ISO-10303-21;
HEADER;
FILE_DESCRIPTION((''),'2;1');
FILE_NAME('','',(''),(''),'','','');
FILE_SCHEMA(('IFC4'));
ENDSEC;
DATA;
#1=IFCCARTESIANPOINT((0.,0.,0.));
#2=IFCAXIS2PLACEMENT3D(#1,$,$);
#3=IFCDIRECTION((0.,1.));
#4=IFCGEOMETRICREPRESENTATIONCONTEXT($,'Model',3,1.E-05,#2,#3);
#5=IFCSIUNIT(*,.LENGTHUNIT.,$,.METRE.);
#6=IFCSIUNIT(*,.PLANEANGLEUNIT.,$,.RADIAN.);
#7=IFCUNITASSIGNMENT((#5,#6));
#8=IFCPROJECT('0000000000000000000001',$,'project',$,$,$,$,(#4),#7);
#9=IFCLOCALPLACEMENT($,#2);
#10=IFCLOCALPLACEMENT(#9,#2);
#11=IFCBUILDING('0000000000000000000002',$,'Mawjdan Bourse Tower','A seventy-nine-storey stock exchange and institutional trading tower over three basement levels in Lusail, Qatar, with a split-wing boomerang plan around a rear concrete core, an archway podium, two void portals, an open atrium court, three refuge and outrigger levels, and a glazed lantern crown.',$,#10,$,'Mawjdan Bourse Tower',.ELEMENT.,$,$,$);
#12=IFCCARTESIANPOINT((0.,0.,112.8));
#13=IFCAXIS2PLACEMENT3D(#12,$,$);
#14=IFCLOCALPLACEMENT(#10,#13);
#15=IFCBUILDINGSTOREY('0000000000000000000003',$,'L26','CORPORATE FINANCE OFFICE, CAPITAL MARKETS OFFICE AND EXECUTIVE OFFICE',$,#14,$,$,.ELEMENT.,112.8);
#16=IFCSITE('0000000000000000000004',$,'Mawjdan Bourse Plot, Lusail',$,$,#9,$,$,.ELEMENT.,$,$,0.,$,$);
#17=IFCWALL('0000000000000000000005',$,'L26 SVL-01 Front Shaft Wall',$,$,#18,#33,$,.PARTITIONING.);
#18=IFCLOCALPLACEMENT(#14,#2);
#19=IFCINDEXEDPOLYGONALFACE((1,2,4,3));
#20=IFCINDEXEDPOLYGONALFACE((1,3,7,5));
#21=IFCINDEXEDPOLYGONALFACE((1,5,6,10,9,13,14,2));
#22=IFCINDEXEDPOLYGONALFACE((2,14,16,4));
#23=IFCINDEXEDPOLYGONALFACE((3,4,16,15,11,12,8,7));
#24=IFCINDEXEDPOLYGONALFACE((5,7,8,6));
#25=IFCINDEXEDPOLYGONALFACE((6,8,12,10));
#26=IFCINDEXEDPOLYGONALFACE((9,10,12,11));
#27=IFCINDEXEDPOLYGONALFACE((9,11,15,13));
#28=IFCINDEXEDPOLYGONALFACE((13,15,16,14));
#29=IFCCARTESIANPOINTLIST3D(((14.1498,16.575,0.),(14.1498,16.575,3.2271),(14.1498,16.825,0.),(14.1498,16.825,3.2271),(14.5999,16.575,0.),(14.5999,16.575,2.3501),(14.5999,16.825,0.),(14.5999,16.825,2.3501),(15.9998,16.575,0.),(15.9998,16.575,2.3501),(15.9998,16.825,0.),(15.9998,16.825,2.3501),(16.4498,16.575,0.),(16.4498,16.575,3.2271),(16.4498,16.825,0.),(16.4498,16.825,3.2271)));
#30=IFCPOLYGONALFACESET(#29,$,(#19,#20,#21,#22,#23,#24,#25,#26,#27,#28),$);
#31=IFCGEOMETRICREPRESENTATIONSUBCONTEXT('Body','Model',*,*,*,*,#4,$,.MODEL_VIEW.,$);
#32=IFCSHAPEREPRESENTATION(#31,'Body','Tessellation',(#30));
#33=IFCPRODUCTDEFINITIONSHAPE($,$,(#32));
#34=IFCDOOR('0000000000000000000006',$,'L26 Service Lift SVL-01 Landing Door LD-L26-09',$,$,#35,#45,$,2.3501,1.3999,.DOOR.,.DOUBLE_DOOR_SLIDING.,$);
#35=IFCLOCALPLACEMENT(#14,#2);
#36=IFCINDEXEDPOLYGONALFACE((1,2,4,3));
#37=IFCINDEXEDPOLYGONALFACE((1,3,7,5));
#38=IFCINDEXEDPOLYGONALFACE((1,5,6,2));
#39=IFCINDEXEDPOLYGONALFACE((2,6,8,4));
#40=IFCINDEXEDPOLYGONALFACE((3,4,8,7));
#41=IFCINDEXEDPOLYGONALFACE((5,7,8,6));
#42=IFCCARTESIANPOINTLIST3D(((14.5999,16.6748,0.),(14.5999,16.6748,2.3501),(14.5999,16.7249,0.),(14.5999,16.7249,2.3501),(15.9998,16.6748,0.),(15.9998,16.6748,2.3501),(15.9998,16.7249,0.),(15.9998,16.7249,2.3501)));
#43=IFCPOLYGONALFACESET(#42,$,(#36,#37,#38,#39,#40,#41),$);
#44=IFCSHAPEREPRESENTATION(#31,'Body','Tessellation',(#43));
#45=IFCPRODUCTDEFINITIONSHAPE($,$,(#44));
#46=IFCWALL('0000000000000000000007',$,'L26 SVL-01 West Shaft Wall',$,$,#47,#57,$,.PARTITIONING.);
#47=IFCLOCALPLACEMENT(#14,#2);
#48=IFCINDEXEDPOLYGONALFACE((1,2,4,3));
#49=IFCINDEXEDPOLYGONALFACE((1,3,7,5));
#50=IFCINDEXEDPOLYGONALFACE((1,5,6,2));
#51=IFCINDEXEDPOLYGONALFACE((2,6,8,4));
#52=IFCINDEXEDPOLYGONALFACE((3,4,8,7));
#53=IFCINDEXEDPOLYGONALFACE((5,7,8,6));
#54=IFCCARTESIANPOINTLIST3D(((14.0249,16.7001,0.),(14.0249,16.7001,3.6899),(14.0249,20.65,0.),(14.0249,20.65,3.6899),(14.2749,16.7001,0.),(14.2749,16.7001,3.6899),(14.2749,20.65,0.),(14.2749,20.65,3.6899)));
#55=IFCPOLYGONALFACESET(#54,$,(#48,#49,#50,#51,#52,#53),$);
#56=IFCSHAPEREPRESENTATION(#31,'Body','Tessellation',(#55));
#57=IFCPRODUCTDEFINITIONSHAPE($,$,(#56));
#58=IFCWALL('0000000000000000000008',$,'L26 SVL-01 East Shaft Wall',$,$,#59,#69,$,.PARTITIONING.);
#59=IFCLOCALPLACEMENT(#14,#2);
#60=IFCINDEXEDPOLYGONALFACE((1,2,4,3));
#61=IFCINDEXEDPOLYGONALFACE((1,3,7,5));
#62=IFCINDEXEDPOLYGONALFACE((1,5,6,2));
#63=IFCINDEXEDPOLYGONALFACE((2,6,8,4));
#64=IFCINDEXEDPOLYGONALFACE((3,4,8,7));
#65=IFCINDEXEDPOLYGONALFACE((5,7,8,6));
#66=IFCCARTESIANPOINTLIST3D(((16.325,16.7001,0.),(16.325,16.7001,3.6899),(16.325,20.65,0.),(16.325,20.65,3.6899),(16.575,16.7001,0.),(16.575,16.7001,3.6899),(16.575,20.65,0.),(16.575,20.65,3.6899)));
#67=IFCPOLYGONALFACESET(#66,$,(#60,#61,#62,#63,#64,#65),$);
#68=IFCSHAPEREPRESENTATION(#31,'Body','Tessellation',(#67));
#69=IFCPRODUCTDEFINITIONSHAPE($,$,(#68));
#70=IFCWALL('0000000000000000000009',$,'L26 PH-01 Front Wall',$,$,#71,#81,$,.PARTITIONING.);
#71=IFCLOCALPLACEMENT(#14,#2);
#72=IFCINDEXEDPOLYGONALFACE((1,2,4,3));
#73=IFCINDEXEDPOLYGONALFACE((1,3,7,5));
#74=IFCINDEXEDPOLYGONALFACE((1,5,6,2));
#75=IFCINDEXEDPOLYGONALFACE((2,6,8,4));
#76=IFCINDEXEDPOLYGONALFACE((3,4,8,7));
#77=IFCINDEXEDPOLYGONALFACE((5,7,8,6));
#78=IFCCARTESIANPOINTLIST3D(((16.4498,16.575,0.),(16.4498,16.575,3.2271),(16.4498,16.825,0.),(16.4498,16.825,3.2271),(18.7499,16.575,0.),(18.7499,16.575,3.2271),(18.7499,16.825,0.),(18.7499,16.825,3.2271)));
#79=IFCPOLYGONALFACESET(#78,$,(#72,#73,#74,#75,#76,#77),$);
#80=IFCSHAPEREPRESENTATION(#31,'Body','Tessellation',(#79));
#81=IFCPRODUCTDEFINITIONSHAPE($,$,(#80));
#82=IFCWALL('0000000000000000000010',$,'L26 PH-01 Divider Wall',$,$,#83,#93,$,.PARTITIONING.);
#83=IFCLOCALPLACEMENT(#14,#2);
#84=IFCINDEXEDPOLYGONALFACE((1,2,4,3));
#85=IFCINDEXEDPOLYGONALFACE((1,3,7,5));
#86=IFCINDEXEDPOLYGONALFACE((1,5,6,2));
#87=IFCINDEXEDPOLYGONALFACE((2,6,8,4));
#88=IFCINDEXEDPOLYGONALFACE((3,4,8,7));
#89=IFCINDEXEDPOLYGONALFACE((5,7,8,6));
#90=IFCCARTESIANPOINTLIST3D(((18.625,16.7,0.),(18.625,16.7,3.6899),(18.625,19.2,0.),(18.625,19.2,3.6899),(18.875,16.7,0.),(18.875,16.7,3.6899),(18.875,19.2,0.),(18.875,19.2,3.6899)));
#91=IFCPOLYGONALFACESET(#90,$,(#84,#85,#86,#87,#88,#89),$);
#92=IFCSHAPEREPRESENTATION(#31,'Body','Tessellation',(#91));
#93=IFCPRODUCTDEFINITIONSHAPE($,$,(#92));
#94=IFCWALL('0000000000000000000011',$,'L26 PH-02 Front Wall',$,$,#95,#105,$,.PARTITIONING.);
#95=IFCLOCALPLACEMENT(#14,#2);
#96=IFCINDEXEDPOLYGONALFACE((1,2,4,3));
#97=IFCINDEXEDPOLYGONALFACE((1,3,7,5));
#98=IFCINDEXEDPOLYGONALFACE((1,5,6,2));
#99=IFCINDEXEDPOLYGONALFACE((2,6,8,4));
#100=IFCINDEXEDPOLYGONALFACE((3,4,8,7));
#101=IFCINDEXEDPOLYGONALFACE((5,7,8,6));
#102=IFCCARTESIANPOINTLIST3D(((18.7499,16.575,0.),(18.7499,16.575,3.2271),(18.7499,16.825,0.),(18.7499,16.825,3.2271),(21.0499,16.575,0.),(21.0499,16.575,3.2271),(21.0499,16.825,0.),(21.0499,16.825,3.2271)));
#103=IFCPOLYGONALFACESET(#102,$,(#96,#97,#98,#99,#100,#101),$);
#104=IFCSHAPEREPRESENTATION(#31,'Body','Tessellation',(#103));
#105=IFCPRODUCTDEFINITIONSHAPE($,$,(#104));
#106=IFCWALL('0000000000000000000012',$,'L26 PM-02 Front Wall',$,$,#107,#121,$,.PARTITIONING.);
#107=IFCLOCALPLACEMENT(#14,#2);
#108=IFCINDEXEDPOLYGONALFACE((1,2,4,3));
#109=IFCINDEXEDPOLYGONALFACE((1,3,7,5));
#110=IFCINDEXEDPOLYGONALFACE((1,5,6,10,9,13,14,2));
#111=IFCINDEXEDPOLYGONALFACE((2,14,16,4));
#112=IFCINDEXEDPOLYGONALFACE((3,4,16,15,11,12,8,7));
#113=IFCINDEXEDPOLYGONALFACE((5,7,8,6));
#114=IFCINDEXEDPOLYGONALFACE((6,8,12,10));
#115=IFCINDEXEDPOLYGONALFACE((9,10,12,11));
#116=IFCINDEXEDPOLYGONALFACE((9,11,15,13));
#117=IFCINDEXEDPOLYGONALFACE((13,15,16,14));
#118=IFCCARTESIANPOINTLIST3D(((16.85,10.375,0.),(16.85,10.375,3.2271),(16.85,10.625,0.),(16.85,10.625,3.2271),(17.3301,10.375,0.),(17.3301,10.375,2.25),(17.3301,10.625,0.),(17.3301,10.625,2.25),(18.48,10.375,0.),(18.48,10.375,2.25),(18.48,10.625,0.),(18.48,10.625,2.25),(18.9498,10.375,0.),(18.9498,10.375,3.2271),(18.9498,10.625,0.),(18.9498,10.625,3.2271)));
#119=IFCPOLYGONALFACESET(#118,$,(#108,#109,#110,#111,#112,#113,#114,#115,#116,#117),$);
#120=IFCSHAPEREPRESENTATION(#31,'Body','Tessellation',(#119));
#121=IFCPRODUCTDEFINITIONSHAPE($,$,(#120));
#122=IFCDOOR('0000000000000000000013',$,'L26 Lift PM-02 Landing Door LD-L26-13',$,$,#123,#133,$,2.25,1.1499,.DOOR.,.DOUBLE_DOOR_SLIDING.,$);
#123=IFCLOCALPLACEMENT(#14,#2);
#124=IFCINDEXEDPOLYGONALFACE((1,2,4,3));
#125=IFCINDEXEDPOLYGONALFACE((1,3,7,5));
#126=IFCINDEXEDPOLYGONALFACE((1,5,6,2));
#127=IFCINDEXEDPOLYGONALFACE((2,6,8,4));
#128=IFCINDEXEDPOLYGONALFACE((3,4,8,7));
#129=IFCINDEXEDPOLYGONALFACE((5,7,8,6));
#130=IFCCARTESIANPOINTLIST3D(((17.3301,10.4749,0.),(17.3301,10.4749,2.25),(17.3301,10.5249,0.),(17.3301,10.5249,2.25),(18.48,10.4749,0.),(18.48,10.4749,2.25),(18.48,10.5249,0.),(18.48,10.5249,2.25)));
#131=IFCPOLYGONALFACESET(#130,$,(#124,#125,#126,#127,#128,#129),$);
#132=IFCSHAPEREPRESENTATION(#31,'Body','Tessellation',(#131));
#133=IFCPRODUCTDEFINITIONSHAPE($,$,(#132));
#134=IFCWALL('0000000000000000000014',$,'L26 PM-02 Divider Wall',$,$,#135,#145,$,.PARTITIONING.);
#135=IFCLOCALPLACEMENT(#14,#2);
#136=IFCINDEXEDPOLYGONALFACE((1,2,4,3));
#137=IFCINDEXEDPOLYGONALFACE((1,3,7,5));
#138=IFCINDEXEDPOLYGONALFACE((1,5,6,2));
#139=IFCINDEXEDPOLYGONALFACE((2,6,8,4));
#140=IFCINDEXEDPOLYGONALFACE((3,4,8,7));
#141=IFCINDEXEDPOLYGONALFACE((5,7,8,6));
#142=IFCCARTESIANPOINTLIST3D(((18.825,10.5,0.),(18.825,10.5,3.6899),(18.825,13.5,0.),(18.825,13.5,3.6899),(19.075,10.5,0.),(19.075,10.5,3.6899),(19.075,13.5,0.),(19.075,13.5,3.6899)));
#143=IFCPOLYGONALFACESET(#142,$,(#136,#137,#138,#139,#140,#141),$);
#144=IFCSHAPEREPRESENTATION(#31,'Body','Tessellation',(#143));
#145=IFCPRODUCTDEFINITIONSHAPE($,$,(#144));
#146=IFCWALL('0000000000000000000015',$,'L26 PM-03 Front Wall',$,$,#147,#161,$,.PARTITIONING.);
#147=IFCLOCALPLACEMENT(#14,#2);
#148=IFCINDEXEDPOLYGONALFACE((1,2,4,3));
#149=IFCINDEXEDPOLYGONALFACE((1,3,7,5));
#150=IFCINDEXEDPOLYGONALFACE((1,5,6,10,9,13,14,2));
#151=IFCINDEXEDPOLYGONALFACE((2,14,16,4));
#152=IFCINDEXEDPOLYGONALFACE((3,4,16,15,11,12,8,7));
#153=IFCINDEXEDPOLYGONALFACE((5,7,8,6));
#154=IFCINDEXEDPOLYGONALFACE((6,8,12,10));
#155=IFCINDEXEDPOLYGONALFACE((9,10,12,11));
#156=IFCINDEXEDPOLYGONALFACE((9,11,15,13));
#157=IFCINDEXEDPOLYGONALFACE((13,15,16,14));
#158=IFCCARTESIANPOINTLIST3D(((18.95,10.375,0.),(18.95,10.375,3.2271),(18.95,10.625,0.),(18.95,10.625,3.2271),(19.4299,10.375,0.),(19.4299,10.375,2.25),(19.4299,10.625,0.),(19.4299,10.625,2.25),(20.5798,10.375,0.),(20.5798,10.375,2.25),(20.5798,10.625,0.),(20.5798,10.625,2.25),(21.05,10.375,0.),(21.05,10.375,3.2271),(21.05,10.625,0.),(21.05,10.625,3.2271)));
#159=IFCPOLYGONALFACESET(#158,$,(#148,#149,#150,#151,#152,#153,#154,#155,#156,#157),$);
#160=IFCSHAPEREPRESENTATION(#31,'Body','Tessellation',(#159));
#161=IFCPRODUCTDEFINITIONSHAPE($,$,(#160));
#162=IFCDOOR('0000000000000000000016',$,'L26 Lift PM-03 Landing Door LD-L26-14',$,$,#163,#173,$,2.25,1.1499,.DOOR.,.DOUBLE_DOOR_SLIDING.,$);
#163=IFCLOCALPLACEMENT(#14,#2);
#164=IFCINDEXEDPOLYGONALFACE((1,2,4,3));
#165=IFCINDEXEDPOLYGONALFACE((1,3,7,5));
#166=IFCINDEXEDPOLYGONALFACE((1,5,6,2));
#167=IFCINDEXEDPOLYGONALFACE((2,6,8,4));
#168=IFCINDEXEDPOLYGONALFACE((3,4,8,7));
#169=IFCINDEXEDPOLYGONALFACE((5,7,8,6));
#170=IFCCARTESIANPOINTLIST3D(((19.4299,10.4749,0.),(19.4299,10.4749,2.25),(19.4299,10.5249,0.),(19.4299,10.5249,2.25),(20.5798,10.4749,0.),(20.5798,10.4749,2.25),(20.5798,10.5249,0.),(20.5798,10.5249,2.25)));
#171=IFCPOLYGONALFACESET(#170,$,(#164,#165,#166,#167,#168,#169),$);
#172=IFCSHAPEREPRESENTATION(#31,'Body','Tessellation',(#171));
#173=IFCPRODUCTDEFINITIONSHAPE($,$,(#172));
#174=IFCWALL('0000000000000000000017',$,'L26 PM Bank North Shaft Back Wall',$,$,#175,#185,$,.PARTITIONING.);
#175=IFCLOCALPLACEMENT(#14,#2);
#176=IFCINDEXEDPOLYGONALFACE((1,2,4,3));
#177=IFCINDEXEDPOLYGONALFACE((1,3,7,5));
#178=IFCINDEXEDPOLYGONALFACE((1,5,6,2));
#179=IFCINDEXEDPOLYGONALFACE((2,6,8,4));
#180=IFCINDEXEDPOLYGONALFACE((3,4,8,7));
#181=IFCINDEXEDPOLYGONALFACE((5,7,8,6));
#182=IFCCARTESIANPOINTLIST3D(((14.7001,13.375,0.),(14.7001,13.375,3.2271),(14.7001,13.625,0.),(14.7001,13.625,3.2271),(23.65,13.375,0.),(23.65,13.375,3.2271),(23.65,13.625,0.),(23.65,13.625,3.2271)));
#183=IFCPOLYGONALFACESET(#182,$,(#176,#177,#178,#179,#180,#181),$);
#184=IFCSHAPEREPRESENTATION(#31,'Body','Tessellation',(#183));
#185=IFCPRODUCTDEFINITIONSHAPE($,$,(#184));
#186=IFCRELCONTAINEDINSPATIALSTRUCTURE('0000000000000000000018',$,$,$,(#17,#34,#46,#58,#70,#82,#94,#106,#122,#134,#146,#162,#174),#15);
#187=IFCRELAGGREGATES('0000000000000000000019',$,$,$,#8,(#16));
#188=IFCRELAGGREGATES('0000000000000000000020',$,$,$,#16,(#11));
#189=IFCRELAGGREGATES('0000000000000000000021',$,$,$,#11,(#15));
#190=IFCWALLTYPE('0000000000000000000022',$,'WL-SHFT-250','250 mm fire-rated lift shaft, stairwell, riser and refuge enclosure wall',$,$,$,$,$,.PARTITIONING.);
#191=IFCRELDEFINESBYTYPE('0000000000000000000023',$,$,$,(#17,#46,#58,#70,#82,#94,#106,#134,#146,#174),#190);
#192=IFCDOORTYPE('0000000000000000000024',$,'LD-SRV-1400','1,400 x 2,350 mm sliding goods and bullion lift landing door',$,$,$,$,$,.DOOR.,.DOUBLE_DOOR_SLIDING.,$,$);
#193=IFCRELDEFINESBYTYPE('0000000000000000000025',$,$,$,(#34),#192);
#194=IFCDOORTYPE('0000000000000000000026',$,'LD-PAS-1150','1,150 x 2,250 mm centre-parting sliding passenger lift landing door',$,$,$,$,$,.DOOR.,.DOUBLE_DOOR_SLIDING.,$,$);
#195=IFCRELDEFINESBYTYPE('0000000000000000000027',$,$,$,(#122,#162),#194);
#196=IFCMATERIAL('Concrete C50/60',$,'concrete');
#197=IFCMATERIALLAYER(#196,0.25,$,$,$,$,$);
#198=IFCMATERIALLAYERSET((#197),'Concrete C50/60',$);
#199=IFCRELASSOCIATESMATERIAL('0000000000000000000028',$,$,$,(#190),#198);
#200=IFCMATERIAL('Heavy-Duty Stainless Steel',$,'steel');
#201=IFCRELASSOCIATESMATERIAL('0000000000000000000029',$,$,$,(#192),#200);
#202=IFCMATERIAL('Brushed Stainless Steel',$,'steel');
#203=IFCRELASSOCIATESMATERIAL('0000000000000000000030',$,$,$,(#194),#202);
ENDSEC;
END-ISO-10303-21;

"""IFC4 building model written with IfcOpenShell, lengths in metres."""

from ifc_helpers import new_model, si_unit, direction, frame, frame_2d, origin, place, context, subcontext, project, spatial, rectangle, extrude, material, layer, layer_set, type_object, element, fill, save


model = new_model("IFC4")

# Units and contexts
model_context = context("Model", 3, precision=1e-05, world=origin(), true_north=direction((0.0, 1.0)))
body_context = subcontext(model_context, "Body", "Model", "MODEL_VIEW")
ifc_project = project(units=[si_unit("LENGTHUNIT", "METRE"), si_unit("PLANEANGLEUNIT", "RADIAN")], contexts=[model_context])

# Site, building, storey
site_placement = place(None, origin())
site = spatial("IfcSite", under=ifc_project, at=site_placement, Name="Mawjdan Bourse Plot, Lusail", CompositionType="ELEMENT", RefElevation=0.0)
building_placement = place(site_placement, origin())
building = spatial("IfcBuilding", under=site, at=building_placement, Name="Mawjdan Bourse Tower", Description="A seventy-nine-storey stock exchange and institutional trading tower over three basement levels in Lusail, Qatar, with a split-wing boomerang plan around a rear concrete core, an archway podium, two void portals, an open atrium court, three refuge and outrigger levels, and a glazed lantern crown.", LongName="Mawjdan Bourse Tower", CompositionType="ELEMENT")
storey_placement = place(building_placement, frame((0.0, 0.0, 112.8)))
storey = spatial("IfcBuildingStorey", under=building, at=storey_placement, Name="L26", Description="CORPORATE FINANCE OFFICE, CAPITAL MARKETS OFFICE AND EXECUTIVE OFFICE", CompositionType="ELEMENT", Elevation=112.8)

# Shared definitions
ifc_material_1 = material(Name="Concrete C50/60", Category="concrete")
ifc_layer_1 = layer(ifc_material_1, 0.25)
ifc_layer_set_1 = layer_set([ifc_layer_1], Name="Concrete C50/60")
wall_type_1 = type_object("IfcWallType", Name="WL-SHFT-250", Description="250 mm fire-rated lift shaft, stairwell, riser and refuge enclosure wall", PredefinedType="PARTITIONING", material=ifc_layer_set_1)

# Wall, opening, door
wall_1_placement = place(storey_placement, frame((14.1499, 16.7, 0.0), z_axis=(0.0, 0.0, 1.0), x_axis=(1.0, 0.0, 0.0)))
wall_1 = element("IfcWall", 1, at=wall_1_placement, inside=storey, type_object=wall_type_1, Name="L26 SVL-01 Front Shaft Wall", PredefinedType="PARTITIONING", context=body_context, shape_type="SweptSolid", body=[
    extrude(rectangle(XDim=2.3, YDim=0.25, at=frame_2d((1.1499, 0.0))), origin(), (0.0, 0.0, 1.0), 3.2271),
])
opening_1_placement = place(wall_1_placement, frame((0.45, 0.0, 0.0)))
opening_1 = element("IfcOpeningElement", 2, at=opening_1_placement, cuts=wall_1, PredefinedType="OPENING", context=body_context, shape_type="SweptSolid", body=[
    extrude(rectangle(XDim=1.3999, YDim=2.3501, at=frame_2d((0.7, 1.175))), frame((0.0, 0.135, 0.0), z_axis=(0.0, -1.0, 0.0), x_axis=(1.0, 0.0, 0.0)), (0.0, 0.0, 1.0), 0.27),
])
ifc_material_2 = material(Name="Heavy-Duty Stainless Steel", Category="steel")
door_type_1 = type_object("IfcDoorType", Name="LD-SRV-1400", Description="1,400 x 2,350 mm sliding goods and bullion lift landing door", OperationType="DOUBLE_DOOR_SLIDING", PredefinedType="DOOR", material=ifc_material_2)
door_1_placement = place(opening_1_placement, origin())
door_1 = element("IfcDoor", 3, at=door_1_placement, inside=storey, type_object=door_type_1, Name="L26 Service Lift SVL-01 Landing Door LD-L26-09", OperationType="DOUBLE_DOOR_SLIDING", OverallHeight=2.3501, OverallWidth=1.3999, PredefinedType="DOOR", context=body_context, shape_type="SweptSolid", body=[
    extrude(rectangle(XDim=1.3999, YDim=2.3501, at=frame_2d((0.7, 1.175))), frame((0.0, 0.0249, 0.0), z_axis=(0.0, -1.0, 0.0), x_axis=(1.0, 0.0, 0.0)), (0.0, 0.0, 1.0), 0.05),
])
fill(opening_1, door_1)

# Walls
for number, where, z_axis, x_axis, name in (
    (4, (14.1499, 16.7, 0.0), (0.0, 0.0, 1.0), (0.0, 1.0, 0.0), "L26 SVL-01 West Shaft Wall"),
    (5, (16.45, 16.7, 0.0), (0.0, 0.0, 1.0), (0.0, 1.0, 0.0), "L26 SVL-01 East Shaft Wall"),
):
    element("IfcWall", number, at=place(storey_placement, frame(where, z_axis=z_axis, x_axis=x_axis)), inside=storey, type_object=wall_type_1, Name=name, PredefinedType="PARTITIONING", context=body_context, shape_type="SweptSolid", body=[
        extrude(rectangle(XDim=3.95, YDim=0.25, at=frame_2d((1.9751, 0.0))), origin(), (0.0, 0.0, 1.0), 3.6899),
    ])
wall_2_placement = place(storey_placement, frame((16.45, 16.7, 0.0), z_axis=(0.0, 0.0, 1.0), x_axis=(1.0, 0.0, 0.0)))
element("IfcWall", 6, at=wall_2_placement, inside=storey, type_object=wall_type_1, Name="L26 PH-01 Front Wall", PredefinedType="PARTITIONING", context=body_context, shape_type="SweptSolid", body=[
    extrude(rectangle(XDim=2.3, YDim=0.25, at=frame_2d((1.1499, 0.0))), origin(), (0.0, 0.0, 1.0), 3.2271),
])
wall_3_placement = place(storey_placement, frame((18.75, 16.7, 0.0), z_axis=(0.0, 0.0, 1.0), x_axis=(0.0, 1.0, 0.0)))
element("IfcWall", 7, at=wall_3_placement, inside=storey, type_object=wall_type_1, Name="L26 PH-01 Divider Wall", PredefinedType="PARTITIONING", context=body_context, shape_type="SweptSolid", body=[
    extrude(rectangle(XDim=2.5, YDim=0.25, at=frame_2d((1.25, 0.0))), origin(), (0.0, 0.0, 1.0), 3.6899),
])
wall_4_placement = place(storey_placement, frame((18.75, 16.7, 0.0), z_axis=(0.0, 0.0, 1.0), x_axis=(1.0, 0.0, 0.0)))
element("IfcWall", 8, at=wall_4_placement, inside=storey, type_object=wall_type_1, Name="L26 PH-02 Front Wall", PredefinedType="PARTITIONING", context=body_context, shape_type="SweptSolid", body=[
    extrude(rectangle(XDim=2.3, YDim=0.25, at=frame_2d((1.1499, 0.0))), origin(), (0.0, 0.0, 1.0), 3.2271),
])

# Wall, opening, door
wall_5_placement = place(storey_placement, frame((16.8501, 10.5, 0.0), z_axis=(0.0, 0.0, 1.0), x_axis=(1.0, 0.0, 0.0)))
wall_5 = element("IfcWall", 9, at=wall_5_placement, inside=storey, type_object=wall_type_1, Name="L26 PM-02 Front Wall", PredefinedType="PARTITIONING", context=body_context, shape_type="SweptSolid", body=[
    extrude(rectangle(XDim=2.0999, YDim=0.25, at=frame_2d((1.0498, 0.0))), origin(), (0.0, 0.0, 1.0), 3.2271),
])
opening_2_placement = place(wall_5_placement, frame((0.48, 0.0, 0.0)))
opening_2 = element("IfcOpeningElement", 10, at=opening_2_placement, cuts=wall_5, PredefinedType="OPENING", context=body_context, shape_type="SweptSolid", body=[
    extrude(rectangle(XDim=1.1499, YDim=2.25, at=frame_2d((0.575, 1.125))), frame((0.0, 0.135, 0.0), z_axis=(0.0, -1.0, 0.0), x_axis=(1.0, 0.0, 0.0)), (0.0, 0.0, 1.0), 0.27),
])
ifc_material_3 = material(Name="Brushed Stainless Steel", Category="steel")
door_type_2 = type_object("IfcDoorType", Name="LD-PAS-1150", Description="1,150 x 2,250 mm centre-parting sliding passenger lift landing door", OperationType="DOUBLE_DOOR_SLIDING", PredefinedType="DOOR", material=ifc_material_3)
door_2_placement = place(opening_2_placement, origin())
door_2 = element("IfcDoor", 11, at=door_2_placement, inside=storey, type_object=door_type_2, Name="L26 Lift PM-02 Landing Door LD-L26-13", OperationType="DOUBLE_DOOR_SLIDING", OverallHeight=2.25, OverallWidth=1.1499, PredefinedType="DOOR", context=body_context, shape_type="SweptSolid", body=[
    extrude(rectangle(XDim=1.1499, YDim=2.25, at=frame_2d((0.575, 1.125))), frame((0.0, 0.0249, 0.0), z_axis=(0.0, -1.0, 0.0), x_axis=(1.0, 0.0, 0.0)), (0.0, 0.0, 1.0), 0.05),
])
fill(opening_2, door_2)

# Wall
wall_6_placement = place(storey_placement, frame((18.95, 10.5, 0.0), z_axis=(0.0, 0.0, 1.0), x_axis=(0.0, 1.0, 0.0)))
element("IfcWall", 12, at=wall_6_placement, inside=storey, type_object=wall_type_1, Name="L26 PM-02 Divider Wall", PredefinedType="PARTITIONING", context=body_context, shape_type="SweptSolid", body=[
    extrude(rectangle(XDim=3.0, YDim=0.25, at=frame_2d((1.5, 0.0))), origin(), (0.0, 0.0, 1.0), 3.6899),
])

# Wall, opening, door
wall_7_placement = place(storey_placement, frame((18.95, 10.5, 0.0), z_axis=(0.0, 0.0, 1.0), x_axis=(1.0, 0.0, 0.0)))
wall_7 = element("IfcWall", 13, at=wall_7_placement, inside=storey, type_object=wall_type_1, Name="L26 PM-03 Front Wall", PredefinedType="PARTITIONING", context=body_context, shape_type="SweptSolid", body=[
    extrude(rectangle(XDim=2.1001, YDim=0.25, at=frame_2d((1.05, 0.0))), origin(), (0.0, 0.0, 1.0), 3.2271),
])
opening_3_placement = place(wall_7_placement, frame((0.48, 0.0, 0.0)))
opening_3 = element("IfcOpeningElement", 14, at=opening_3_placement, cuts=wall_7, PredefinedType="OPENING", context=body_context, shape_type="SweptSolid", body=[
    extrude(rectangle(XDim=1.1499, YDim=2.25, at=frame_2d((0.575, 1.125))), frame((0.0, 0.135, 0.0), z_axis=(0.0, -1.0, 0.0), x_axis=(1.0, 0.0, 0.0)), (0.0, 0.0, 1.0), 0.27),
])
door_3_placement = place(opening_3_placement, origin())
door_3 = element("IfcDoor", 15, at=door_3_placement, inside=storey, type_object=door_type_2, Name="L26 Lift PM-03 Landing Door LD-L26-14", OperationType="DOUBLE_DOOR_SLIDING", OverallHeight=2.25, OverallWidth=1.1499, PredefinedType="DOOR", context=body_context, shape_type="SweptSolid", body=[
    extrude(rectangle(XDim=1.1499, YDim=2.25, at=frame_2d((0.575, 1.125))), frame((0.0, 0.0249, 0.0), z_axis=(0.0, -1.0, 0.0), x_axis=(1.0, 0.0, 0.0)), (0.0, 0.0, 1.0), 0.05),
])
fill(opening_3, door_3)

# Wall
wall_8_placement = place(storey_placement, frame((14.7, 13.5, 0.0), z_axis=(0.0, 0.0, 1.0), x_axis=(1.0, 0.0, 0.0)))
element("IfcWall", 16, at=wall_8_placement, inside=storey, type_object=wall_type_1, Name="L26 PM Bank North Shaft Back Wall", PredefinedType="PARTITIONING", context=body_context, shape_type="SweptSolid", body=[
    extrude(rectangle(XDim=8.95, YDim=0.25, at=frame_2d((4.4751, 0.0))), origin(), (0.0, 0.0, 1.0), 3.2271),
])

save(model, "model.ifc")
